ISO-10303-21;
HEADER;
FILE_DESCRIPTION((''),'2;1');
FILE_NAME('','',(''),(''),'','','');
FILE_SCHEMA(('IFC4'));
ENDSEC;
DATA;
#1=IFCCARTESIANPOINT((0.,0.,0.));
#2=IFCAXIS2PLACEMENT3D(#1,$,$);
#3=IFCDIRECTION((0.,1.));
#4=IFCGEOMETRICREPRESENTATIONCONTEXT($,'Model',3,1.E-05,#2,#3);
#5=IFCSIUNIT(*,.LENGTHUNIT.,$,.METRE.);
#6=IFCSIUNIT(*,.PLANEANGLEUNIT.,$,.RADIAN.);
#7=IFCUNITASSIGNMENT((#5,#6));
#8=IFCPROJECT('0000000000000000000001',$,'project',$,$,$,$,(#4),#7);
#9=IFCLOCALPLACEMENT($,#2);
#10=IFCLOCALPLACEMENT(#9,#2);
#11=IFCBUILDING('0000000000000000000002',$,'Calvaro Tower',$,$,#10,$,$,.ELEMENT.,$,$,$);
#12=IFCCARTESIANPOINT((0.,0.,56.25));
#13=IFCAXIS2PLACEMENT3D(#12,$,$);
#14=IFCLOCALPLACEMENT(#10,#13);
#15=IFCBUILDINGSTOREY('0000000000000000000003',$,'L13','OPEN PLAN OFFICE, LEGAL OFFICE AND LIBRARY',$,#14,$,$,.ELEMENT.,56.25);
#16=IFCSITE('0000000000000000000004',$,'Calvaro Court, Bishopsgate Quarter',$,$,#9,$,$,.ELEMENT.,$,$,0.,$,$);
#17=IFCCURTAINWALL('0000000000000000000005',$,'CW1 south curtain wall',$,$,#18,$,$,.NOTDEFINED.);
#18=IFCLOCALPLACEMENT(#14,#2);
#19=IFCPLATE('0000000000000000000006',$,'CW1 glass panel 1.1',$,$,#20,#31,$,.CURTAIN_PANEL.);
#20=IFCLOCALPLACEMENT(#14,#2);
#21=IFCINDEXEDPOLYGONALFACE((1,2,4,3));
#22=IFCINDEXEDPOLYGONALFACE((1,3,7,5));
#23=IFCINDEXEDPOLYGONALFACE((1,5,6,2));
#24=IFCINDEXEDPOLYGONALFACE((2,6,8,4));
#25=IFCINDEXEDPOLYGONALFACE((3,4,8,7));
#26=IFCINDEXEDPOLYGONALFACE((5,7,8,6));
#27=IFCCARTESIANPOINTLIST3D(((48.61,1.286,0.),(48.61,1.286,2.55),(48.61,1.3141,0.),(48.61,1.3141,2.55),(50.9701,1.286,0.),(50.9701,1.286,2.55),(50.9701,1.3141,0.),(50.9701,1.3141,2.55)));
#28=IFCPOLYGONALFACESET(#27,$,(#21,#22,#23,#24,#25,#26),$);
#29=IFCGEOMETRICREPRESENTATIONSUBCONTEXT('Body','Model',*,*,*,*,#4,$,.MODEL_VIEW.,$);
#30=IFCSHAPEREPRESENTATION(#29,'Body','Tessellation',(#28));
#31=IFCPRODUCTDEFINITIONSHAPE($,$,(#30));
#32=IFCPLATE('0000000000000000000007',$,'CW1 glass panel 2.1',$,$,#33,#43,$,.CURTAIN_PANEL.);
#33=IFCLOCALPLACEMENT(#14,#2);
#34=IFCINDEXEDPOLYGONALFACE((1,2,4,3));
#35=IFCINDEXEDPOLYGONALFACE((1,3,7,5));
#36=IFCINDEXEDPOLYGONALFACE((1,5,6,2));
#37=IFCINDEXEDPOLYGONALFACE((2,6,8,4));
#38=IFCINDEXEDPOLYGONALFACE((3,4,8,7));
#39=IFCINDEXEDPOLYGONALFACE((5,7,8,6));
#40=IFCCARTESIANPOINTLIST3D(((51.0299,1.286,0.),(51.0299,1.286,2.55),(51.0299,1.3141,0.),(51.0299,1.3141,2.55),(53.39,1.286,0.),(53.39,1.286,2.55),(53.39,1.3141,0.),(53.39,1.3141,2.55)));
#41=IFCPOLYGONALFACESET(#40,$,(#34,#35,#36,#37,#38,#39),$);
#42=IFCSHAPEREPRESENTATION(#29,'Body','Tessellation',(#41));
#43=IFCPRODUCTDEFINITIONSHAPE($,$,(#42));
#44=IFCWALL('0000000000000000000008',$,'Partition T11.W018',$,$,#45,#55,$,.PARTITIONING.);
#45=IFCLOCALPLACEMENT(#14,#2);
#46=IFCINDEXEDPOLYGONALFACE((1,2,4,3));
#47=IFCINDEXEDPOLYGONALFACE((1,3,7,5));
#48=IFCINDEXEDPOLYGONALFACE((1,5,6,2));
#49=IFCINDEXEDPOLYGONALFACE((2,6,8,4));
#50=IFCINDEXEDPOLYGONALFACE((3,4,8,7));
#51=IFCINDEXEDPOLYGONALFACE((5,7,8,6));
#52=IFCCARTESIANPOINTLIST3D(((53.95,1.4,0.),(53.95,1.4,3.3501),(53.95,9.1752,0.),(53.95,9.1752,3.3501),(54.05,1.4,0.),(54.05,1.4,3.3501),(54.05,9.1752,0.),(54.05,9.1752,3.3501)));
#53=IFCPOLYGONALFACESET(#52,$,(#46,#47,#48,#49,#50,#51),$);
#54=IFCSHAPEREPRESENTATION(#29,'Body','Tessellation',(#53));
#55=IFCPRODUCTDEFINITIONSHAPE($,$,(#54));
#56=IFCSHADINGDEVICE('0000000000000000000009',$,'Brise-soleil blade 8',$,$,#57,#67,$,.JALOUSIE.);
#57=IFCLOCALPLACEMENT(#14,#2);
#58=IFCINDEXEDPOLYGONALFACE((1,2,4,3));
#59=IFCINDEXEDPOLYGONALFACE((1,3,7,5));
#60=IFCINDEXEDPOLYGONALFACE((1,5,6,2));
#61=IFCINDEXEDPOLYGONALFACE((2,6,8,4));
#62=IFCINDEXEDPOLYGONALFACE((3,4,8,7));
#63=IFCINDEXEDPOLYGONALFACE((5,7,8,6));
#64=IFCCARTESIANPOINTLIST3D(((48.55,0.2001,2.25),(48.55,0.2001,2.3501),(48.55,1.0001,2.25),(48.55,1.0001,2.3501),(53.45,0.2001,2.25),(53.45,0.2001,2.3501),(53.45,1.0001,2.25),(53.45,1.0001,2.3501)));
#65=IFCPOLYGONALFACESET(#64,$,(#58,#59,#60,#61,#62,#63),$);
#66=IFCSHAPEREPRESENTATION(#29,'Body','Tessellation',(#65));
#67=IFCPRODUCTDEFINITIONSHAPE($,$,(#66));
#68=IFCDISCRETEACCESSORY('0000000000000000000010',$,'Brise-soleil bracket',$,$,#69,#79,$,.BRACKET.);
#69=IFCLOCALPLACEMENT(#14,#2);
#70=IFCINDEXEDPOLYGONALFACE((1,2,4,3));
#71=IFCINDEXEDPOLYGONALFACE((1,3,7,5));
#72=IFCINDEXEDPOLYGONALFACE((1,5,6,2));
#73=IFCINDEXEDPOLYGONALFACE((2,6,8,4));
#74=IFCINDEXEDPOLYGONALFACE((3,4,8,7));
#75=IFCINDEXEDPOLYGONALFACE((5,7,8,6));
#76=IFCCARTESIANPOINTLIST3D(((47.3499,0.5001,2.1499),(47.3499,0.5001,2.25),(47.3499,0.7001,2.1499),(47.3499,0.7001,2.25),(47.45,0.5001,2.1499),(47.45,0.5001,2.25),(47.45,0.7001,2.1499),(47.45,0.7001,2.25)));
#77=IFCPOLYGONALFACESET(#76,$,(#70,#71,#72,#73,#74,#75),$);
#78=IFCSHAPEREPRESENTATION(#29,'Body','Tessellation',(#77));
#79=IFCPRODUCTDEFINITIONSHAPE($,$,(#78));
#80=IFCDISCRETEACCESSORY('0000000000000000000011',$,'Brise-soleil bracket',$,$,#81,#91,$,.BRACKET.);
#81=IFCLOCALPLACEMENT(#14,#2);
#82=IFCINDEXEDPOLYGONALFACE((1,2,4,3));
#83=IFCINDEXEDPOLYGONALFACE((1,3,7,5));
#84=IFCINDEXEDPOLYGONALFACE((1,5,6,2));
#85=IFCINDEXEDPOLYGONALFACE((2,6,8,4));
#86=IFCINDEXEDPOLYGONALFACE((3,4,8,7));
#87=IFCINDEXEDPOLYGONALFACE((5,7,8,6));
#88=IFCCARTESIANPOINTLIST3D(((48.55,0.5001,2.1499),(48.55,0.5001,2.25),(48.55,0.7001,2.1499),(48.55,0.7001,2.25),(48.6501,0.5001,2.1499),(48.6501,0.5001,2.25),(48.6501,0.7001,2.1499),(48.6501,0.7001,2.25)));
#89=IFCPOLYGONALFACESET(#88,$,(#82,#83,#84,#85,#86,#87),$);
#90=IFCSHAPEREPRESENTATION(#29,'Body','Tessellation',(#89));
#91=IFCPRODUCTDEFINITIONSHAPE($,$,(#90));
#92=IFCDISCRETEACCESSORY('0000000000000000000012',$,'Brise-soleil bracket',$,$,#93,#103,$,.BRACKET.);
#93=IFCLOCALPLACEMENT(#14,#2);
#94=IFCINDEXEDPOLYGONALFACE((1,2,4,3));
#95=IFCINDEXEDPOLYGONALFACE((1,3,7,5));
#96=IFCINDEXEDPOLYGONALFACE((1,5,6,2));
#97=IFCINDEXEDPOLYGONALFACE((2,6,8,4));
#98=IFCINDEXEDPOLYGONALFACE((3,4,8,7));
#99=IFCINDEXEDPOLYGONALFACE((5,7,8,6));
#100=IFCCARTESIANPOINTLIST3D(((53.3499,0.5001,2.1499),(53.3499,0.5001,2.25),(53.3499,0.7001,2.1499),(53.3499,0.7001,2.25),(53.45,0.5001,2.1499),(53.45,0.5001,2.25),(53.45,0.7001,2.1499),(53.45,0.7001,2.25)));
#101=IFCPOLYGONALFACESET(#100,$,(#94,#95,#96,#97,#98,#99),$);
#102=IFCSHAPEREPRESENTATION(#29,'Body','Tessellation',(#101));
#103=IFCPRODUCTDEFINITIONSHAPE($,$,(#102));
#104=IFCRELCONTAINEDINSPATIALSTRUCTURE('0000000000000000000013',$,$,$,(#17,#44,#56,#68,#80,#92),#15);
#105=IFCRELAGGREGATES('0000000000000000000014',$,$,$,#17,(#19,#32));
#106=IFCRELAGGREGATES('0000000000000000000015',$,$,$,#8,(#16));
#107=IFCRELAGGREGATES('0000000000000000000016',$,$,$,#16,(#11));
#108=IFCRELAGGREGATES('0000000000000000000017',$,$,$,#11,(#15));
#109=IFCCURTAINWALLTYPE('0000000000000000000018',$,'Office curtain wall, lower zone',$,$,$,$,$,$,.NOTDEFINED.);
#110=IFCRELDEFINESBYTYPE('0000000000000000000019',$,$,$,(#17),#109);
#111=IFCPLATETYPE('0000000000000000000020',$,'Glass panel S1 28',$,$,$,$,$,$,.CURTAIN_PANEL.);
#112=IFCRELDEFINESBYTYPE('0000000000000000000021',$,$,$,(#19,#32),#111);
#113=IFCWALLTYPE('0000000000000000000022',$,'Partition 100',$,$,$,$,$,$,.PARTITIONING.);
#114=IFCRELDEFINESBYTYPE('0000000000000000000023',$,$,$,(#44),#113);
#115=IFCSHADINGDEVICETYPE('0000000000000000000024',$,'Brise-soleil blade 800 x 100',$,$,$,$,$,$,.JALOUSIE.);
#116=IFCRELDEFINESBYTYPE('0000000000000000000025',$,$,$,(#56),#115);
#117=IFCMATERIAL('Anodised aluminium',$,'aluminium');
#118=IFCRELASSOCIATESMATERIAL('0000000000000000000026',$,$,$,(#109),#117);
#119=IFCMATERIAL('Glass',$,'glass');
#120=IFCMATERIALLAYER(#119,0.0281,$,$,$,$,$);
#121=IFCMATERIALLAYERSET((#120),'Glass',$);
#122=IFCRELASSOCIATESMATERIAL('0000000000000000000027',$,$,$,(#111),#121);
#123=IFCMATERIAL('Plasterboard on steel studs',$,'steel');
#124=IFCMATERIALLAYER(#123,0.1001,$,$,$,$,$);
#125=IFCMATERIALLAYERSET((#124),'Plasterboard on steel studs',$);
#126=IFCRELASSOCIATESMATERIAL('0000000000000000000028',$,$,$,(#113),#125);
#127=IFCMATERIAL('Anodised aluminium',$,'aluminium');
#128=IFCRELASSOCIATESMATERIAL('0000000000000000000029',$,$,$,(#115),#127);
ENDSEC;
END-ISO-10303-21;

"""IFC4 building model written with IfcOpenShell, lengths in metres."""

from ifc_helpers import new_model, si_unit, direction, frame, frame_2d, origin, origin_2d, place, context, subcontext, project, spatial, rectangle, extrude, material, layer, layer_set, material_profile, profile_set, type_object, element, aggregate, save


model = new_model("IFC4")

# Units and contexts
model_context = context("Model", 3, precision=1e-05, world=origin(), true_north=direction((0.0, 1.0)))
body_context = subcontext(model_context, "Body", "Model", "MODEL_VIEW")
ifc_project = project(units=[si_unit("LENGTHUNIT", "METRE"), si_unit("PLANEANGLEUNIT", "RADIAN")], contexts=[model_context])

# Site, building, storey
site_placement = place(None, origin())
site = spatial("IfcSite", under=ifc_project, at=site_placement, Name="Calvaro Court, Bishopsgate Quarter", CompositionType="ELEMENT", RefElevation=0.0)
building_placement = place(site_placement, origin())
building = spatial("IfcBuilding", under=site, at=building_placement, Name="Calvaro Tower", CompositionType="ELEMENT")
storey_placement = place(building_placement, frame((0.0, 0.0, 56.25)))
storey = spatial("IfcBuildingStorey", under=building, at=storey_placement, Name="L13", Description="OPEN PLAN OFFICE, LEGAL OFFICE AND LIBRARY", CompositionType="ELEMENT", Elevation=56.25)

# Curtain wall
ifc_material_1 = material(Name="Anodised aluminium", Category="aluminium")
curtain_wall_type = type_object("IfcCurtainWallType", Name="Office curtain wall, lower zone", PredefinedType="NOTDEFINED", material=ifc_material_1)
curtain_wall_1_placement = place(storey_placement, origin())
curtain_wall_1 = element("IfcCurtainWall", 1, at=curtain_wall_1_placement, inside=storey, type_object=curtain_wall_type, Name="CW1 south curtain wall", PredefinedType="NOTDEFINED")

# Plates
ifc_material_2 = material(Name="Glass", Category="glass")
ifc_layer_1 = layer(ifc_material_2, 0.0281)
ifc_layer_set_1 = layer_set([ifc_layer_1], Name="Glass")
plate_type = type_object("IfcPlateType", Name="Glass panel S1 28", PredefinedType="CURTAIN_PANEL", material=ifc_layer_set_1)
plate_1_placement = place(storey_placement, frame((49.79, 1.3, 0.0), z_axis=(0.0, 0.0, 1.0), x_axis=(1.0, 0.0, 0.0)))
plate_1 = element("IfcPlate", 2, at=plate_1_placement, type_object=plate_type, Name="CW1 glass panel 1.1", PredefinedType="CURTAIN_PANEL", context=body_context, shape_type="SweptSolid", body=[
    extrude(rectangle(XDim=2.3601, YDim=0.0281, at=origin_2d()), origin(), (0.0, 0.0, 1.0), 2.55),
])
plate_2_placement = place(storey_placement, frame((52.21, 1.3, 0.0), z_axis=(0.0, 0.0, 1.0), x_axis=(1.0, 0.0, 0.0)))
plate_2 = element("IfcPlate", 3, at=plate_2_placement, type_object=plate_type, Name="CW1 glass panel 2.1", PredefinedType="CURTAIN_PANEL", context=body_context, shape_type="SweptSolid", body=[
    extrude(rectangle(XDim=2.3601, YDim=0.0281, at=origin_2d()), origin(), (0.0, 0.0, 1.0), 2.55),
])
aggregate(curtain_wall_1, [plate_1, plate_2])

# Wall
ifc_material_3 = material(Name="Plasterboard on steel studs", Category="steel")
ifc_layer_2 = layer(ifc_material_3, 0.1001)
ifc_layer_set_2 = layer_set([ifc_layer_2], Name="Plasterboard on steel studs")
wall_type = type_object("IfcWallType", Name="Partition 100", PredefinedType="PARTITIONING", material=ifc_layer_set_2)
wall_placement = place(storey_placement, frame((54.0, 1.3999, 0.0), z_axis=(0.0, 0.0, 1.0), x_axis=(0.0, 1.0, 0.0)))
element("IfcWall", 4, at=wall_placement, inside=storey, type_object=wall_type, Name="Partition T11.W018", PredefinedType="PARTITIONING", context=body_context, shape_type="SweptSolid", body=[
    extrude(rectangle(XDim=7.7751, YDim=0.1001, at=frame_2d((3.8877, 0.0))), origin(), (0.0, 0.0, 1.0), 3.3501),
])

# Shading device
ifc_material_4 = material(Name="Anodised aluminium", Category="aluminium")
ifc_material_profile_1 = material_profile(ifc_material_4, rectangle(XDim=0.8, YDim=0.1001, at=origin_2d()), Name="Brise-soleil blade 800 x 100")
ifc_profile_set_1 = profile_set([ifc_material_profile_1], Name="Anodised aluminium")
shading_device_type = type_object("IfcShadingDeviceType", Name="Brise-soleil blade 800 x 100", PredefinedType="JALOUSIE", material=ifc_profile_set_1)
shading_device_placement = place(storey_placement, frame((48.55, 0.6001, 2.3), z_axis=(1.0, 0.0, 0.0), x_axis=(0.0, 1.0, 0.0)))
element("IfcShadingDevice", 5, at=shading_device_placement, inside=storey, type_object=shading_device_type, Name="Brise-soleil blade 8", PredefinedType="JALOUSIE", context=body_context, shape_type="SweptSolid", body=[
    extrude(rectangle(XDim=0.8, YDim=0.1001, at=origin_2d()), origin(), (0.0, 0.0, 1.0), 4.8999),
])

# Discrete accessories
for number, where, z_axis, x_axis, name in (
    (6, (47.3999, 0.6001, 2.1499), (0.0, 0.0, 1.0), (1.0, 0.0, 0.0), "Brise-soleil bracket"),
    (7, (48.6001, 0.6001, 2.1499), (0.0, 0.0, 1.0), (1.0, 0.0, 0.0), "Brise-soleil bracket"),
    (8, (53.3999, 0.6001, 2.1499), (0.0, 0.0, 1.0), (1.0, 0.0, 0.0), "Brise-soleil bracket"),
):
    element("IfcDiscreteAccessory", number, at=place(storey_placement, frame(where, z_axis=z_axis, x_axis=x_axis)), inside=storey, Name=name, PredefinedType="BRACKET", context=body_context, shape_type="SweptSolid", body=[
        extrude(rectangle(XDim=0.1001, YDim=0.2, at=origin_2d()), origin(), (0.0, 0.0, 1.0), 0.1001),
    ])

save(model, "model.ifc")
